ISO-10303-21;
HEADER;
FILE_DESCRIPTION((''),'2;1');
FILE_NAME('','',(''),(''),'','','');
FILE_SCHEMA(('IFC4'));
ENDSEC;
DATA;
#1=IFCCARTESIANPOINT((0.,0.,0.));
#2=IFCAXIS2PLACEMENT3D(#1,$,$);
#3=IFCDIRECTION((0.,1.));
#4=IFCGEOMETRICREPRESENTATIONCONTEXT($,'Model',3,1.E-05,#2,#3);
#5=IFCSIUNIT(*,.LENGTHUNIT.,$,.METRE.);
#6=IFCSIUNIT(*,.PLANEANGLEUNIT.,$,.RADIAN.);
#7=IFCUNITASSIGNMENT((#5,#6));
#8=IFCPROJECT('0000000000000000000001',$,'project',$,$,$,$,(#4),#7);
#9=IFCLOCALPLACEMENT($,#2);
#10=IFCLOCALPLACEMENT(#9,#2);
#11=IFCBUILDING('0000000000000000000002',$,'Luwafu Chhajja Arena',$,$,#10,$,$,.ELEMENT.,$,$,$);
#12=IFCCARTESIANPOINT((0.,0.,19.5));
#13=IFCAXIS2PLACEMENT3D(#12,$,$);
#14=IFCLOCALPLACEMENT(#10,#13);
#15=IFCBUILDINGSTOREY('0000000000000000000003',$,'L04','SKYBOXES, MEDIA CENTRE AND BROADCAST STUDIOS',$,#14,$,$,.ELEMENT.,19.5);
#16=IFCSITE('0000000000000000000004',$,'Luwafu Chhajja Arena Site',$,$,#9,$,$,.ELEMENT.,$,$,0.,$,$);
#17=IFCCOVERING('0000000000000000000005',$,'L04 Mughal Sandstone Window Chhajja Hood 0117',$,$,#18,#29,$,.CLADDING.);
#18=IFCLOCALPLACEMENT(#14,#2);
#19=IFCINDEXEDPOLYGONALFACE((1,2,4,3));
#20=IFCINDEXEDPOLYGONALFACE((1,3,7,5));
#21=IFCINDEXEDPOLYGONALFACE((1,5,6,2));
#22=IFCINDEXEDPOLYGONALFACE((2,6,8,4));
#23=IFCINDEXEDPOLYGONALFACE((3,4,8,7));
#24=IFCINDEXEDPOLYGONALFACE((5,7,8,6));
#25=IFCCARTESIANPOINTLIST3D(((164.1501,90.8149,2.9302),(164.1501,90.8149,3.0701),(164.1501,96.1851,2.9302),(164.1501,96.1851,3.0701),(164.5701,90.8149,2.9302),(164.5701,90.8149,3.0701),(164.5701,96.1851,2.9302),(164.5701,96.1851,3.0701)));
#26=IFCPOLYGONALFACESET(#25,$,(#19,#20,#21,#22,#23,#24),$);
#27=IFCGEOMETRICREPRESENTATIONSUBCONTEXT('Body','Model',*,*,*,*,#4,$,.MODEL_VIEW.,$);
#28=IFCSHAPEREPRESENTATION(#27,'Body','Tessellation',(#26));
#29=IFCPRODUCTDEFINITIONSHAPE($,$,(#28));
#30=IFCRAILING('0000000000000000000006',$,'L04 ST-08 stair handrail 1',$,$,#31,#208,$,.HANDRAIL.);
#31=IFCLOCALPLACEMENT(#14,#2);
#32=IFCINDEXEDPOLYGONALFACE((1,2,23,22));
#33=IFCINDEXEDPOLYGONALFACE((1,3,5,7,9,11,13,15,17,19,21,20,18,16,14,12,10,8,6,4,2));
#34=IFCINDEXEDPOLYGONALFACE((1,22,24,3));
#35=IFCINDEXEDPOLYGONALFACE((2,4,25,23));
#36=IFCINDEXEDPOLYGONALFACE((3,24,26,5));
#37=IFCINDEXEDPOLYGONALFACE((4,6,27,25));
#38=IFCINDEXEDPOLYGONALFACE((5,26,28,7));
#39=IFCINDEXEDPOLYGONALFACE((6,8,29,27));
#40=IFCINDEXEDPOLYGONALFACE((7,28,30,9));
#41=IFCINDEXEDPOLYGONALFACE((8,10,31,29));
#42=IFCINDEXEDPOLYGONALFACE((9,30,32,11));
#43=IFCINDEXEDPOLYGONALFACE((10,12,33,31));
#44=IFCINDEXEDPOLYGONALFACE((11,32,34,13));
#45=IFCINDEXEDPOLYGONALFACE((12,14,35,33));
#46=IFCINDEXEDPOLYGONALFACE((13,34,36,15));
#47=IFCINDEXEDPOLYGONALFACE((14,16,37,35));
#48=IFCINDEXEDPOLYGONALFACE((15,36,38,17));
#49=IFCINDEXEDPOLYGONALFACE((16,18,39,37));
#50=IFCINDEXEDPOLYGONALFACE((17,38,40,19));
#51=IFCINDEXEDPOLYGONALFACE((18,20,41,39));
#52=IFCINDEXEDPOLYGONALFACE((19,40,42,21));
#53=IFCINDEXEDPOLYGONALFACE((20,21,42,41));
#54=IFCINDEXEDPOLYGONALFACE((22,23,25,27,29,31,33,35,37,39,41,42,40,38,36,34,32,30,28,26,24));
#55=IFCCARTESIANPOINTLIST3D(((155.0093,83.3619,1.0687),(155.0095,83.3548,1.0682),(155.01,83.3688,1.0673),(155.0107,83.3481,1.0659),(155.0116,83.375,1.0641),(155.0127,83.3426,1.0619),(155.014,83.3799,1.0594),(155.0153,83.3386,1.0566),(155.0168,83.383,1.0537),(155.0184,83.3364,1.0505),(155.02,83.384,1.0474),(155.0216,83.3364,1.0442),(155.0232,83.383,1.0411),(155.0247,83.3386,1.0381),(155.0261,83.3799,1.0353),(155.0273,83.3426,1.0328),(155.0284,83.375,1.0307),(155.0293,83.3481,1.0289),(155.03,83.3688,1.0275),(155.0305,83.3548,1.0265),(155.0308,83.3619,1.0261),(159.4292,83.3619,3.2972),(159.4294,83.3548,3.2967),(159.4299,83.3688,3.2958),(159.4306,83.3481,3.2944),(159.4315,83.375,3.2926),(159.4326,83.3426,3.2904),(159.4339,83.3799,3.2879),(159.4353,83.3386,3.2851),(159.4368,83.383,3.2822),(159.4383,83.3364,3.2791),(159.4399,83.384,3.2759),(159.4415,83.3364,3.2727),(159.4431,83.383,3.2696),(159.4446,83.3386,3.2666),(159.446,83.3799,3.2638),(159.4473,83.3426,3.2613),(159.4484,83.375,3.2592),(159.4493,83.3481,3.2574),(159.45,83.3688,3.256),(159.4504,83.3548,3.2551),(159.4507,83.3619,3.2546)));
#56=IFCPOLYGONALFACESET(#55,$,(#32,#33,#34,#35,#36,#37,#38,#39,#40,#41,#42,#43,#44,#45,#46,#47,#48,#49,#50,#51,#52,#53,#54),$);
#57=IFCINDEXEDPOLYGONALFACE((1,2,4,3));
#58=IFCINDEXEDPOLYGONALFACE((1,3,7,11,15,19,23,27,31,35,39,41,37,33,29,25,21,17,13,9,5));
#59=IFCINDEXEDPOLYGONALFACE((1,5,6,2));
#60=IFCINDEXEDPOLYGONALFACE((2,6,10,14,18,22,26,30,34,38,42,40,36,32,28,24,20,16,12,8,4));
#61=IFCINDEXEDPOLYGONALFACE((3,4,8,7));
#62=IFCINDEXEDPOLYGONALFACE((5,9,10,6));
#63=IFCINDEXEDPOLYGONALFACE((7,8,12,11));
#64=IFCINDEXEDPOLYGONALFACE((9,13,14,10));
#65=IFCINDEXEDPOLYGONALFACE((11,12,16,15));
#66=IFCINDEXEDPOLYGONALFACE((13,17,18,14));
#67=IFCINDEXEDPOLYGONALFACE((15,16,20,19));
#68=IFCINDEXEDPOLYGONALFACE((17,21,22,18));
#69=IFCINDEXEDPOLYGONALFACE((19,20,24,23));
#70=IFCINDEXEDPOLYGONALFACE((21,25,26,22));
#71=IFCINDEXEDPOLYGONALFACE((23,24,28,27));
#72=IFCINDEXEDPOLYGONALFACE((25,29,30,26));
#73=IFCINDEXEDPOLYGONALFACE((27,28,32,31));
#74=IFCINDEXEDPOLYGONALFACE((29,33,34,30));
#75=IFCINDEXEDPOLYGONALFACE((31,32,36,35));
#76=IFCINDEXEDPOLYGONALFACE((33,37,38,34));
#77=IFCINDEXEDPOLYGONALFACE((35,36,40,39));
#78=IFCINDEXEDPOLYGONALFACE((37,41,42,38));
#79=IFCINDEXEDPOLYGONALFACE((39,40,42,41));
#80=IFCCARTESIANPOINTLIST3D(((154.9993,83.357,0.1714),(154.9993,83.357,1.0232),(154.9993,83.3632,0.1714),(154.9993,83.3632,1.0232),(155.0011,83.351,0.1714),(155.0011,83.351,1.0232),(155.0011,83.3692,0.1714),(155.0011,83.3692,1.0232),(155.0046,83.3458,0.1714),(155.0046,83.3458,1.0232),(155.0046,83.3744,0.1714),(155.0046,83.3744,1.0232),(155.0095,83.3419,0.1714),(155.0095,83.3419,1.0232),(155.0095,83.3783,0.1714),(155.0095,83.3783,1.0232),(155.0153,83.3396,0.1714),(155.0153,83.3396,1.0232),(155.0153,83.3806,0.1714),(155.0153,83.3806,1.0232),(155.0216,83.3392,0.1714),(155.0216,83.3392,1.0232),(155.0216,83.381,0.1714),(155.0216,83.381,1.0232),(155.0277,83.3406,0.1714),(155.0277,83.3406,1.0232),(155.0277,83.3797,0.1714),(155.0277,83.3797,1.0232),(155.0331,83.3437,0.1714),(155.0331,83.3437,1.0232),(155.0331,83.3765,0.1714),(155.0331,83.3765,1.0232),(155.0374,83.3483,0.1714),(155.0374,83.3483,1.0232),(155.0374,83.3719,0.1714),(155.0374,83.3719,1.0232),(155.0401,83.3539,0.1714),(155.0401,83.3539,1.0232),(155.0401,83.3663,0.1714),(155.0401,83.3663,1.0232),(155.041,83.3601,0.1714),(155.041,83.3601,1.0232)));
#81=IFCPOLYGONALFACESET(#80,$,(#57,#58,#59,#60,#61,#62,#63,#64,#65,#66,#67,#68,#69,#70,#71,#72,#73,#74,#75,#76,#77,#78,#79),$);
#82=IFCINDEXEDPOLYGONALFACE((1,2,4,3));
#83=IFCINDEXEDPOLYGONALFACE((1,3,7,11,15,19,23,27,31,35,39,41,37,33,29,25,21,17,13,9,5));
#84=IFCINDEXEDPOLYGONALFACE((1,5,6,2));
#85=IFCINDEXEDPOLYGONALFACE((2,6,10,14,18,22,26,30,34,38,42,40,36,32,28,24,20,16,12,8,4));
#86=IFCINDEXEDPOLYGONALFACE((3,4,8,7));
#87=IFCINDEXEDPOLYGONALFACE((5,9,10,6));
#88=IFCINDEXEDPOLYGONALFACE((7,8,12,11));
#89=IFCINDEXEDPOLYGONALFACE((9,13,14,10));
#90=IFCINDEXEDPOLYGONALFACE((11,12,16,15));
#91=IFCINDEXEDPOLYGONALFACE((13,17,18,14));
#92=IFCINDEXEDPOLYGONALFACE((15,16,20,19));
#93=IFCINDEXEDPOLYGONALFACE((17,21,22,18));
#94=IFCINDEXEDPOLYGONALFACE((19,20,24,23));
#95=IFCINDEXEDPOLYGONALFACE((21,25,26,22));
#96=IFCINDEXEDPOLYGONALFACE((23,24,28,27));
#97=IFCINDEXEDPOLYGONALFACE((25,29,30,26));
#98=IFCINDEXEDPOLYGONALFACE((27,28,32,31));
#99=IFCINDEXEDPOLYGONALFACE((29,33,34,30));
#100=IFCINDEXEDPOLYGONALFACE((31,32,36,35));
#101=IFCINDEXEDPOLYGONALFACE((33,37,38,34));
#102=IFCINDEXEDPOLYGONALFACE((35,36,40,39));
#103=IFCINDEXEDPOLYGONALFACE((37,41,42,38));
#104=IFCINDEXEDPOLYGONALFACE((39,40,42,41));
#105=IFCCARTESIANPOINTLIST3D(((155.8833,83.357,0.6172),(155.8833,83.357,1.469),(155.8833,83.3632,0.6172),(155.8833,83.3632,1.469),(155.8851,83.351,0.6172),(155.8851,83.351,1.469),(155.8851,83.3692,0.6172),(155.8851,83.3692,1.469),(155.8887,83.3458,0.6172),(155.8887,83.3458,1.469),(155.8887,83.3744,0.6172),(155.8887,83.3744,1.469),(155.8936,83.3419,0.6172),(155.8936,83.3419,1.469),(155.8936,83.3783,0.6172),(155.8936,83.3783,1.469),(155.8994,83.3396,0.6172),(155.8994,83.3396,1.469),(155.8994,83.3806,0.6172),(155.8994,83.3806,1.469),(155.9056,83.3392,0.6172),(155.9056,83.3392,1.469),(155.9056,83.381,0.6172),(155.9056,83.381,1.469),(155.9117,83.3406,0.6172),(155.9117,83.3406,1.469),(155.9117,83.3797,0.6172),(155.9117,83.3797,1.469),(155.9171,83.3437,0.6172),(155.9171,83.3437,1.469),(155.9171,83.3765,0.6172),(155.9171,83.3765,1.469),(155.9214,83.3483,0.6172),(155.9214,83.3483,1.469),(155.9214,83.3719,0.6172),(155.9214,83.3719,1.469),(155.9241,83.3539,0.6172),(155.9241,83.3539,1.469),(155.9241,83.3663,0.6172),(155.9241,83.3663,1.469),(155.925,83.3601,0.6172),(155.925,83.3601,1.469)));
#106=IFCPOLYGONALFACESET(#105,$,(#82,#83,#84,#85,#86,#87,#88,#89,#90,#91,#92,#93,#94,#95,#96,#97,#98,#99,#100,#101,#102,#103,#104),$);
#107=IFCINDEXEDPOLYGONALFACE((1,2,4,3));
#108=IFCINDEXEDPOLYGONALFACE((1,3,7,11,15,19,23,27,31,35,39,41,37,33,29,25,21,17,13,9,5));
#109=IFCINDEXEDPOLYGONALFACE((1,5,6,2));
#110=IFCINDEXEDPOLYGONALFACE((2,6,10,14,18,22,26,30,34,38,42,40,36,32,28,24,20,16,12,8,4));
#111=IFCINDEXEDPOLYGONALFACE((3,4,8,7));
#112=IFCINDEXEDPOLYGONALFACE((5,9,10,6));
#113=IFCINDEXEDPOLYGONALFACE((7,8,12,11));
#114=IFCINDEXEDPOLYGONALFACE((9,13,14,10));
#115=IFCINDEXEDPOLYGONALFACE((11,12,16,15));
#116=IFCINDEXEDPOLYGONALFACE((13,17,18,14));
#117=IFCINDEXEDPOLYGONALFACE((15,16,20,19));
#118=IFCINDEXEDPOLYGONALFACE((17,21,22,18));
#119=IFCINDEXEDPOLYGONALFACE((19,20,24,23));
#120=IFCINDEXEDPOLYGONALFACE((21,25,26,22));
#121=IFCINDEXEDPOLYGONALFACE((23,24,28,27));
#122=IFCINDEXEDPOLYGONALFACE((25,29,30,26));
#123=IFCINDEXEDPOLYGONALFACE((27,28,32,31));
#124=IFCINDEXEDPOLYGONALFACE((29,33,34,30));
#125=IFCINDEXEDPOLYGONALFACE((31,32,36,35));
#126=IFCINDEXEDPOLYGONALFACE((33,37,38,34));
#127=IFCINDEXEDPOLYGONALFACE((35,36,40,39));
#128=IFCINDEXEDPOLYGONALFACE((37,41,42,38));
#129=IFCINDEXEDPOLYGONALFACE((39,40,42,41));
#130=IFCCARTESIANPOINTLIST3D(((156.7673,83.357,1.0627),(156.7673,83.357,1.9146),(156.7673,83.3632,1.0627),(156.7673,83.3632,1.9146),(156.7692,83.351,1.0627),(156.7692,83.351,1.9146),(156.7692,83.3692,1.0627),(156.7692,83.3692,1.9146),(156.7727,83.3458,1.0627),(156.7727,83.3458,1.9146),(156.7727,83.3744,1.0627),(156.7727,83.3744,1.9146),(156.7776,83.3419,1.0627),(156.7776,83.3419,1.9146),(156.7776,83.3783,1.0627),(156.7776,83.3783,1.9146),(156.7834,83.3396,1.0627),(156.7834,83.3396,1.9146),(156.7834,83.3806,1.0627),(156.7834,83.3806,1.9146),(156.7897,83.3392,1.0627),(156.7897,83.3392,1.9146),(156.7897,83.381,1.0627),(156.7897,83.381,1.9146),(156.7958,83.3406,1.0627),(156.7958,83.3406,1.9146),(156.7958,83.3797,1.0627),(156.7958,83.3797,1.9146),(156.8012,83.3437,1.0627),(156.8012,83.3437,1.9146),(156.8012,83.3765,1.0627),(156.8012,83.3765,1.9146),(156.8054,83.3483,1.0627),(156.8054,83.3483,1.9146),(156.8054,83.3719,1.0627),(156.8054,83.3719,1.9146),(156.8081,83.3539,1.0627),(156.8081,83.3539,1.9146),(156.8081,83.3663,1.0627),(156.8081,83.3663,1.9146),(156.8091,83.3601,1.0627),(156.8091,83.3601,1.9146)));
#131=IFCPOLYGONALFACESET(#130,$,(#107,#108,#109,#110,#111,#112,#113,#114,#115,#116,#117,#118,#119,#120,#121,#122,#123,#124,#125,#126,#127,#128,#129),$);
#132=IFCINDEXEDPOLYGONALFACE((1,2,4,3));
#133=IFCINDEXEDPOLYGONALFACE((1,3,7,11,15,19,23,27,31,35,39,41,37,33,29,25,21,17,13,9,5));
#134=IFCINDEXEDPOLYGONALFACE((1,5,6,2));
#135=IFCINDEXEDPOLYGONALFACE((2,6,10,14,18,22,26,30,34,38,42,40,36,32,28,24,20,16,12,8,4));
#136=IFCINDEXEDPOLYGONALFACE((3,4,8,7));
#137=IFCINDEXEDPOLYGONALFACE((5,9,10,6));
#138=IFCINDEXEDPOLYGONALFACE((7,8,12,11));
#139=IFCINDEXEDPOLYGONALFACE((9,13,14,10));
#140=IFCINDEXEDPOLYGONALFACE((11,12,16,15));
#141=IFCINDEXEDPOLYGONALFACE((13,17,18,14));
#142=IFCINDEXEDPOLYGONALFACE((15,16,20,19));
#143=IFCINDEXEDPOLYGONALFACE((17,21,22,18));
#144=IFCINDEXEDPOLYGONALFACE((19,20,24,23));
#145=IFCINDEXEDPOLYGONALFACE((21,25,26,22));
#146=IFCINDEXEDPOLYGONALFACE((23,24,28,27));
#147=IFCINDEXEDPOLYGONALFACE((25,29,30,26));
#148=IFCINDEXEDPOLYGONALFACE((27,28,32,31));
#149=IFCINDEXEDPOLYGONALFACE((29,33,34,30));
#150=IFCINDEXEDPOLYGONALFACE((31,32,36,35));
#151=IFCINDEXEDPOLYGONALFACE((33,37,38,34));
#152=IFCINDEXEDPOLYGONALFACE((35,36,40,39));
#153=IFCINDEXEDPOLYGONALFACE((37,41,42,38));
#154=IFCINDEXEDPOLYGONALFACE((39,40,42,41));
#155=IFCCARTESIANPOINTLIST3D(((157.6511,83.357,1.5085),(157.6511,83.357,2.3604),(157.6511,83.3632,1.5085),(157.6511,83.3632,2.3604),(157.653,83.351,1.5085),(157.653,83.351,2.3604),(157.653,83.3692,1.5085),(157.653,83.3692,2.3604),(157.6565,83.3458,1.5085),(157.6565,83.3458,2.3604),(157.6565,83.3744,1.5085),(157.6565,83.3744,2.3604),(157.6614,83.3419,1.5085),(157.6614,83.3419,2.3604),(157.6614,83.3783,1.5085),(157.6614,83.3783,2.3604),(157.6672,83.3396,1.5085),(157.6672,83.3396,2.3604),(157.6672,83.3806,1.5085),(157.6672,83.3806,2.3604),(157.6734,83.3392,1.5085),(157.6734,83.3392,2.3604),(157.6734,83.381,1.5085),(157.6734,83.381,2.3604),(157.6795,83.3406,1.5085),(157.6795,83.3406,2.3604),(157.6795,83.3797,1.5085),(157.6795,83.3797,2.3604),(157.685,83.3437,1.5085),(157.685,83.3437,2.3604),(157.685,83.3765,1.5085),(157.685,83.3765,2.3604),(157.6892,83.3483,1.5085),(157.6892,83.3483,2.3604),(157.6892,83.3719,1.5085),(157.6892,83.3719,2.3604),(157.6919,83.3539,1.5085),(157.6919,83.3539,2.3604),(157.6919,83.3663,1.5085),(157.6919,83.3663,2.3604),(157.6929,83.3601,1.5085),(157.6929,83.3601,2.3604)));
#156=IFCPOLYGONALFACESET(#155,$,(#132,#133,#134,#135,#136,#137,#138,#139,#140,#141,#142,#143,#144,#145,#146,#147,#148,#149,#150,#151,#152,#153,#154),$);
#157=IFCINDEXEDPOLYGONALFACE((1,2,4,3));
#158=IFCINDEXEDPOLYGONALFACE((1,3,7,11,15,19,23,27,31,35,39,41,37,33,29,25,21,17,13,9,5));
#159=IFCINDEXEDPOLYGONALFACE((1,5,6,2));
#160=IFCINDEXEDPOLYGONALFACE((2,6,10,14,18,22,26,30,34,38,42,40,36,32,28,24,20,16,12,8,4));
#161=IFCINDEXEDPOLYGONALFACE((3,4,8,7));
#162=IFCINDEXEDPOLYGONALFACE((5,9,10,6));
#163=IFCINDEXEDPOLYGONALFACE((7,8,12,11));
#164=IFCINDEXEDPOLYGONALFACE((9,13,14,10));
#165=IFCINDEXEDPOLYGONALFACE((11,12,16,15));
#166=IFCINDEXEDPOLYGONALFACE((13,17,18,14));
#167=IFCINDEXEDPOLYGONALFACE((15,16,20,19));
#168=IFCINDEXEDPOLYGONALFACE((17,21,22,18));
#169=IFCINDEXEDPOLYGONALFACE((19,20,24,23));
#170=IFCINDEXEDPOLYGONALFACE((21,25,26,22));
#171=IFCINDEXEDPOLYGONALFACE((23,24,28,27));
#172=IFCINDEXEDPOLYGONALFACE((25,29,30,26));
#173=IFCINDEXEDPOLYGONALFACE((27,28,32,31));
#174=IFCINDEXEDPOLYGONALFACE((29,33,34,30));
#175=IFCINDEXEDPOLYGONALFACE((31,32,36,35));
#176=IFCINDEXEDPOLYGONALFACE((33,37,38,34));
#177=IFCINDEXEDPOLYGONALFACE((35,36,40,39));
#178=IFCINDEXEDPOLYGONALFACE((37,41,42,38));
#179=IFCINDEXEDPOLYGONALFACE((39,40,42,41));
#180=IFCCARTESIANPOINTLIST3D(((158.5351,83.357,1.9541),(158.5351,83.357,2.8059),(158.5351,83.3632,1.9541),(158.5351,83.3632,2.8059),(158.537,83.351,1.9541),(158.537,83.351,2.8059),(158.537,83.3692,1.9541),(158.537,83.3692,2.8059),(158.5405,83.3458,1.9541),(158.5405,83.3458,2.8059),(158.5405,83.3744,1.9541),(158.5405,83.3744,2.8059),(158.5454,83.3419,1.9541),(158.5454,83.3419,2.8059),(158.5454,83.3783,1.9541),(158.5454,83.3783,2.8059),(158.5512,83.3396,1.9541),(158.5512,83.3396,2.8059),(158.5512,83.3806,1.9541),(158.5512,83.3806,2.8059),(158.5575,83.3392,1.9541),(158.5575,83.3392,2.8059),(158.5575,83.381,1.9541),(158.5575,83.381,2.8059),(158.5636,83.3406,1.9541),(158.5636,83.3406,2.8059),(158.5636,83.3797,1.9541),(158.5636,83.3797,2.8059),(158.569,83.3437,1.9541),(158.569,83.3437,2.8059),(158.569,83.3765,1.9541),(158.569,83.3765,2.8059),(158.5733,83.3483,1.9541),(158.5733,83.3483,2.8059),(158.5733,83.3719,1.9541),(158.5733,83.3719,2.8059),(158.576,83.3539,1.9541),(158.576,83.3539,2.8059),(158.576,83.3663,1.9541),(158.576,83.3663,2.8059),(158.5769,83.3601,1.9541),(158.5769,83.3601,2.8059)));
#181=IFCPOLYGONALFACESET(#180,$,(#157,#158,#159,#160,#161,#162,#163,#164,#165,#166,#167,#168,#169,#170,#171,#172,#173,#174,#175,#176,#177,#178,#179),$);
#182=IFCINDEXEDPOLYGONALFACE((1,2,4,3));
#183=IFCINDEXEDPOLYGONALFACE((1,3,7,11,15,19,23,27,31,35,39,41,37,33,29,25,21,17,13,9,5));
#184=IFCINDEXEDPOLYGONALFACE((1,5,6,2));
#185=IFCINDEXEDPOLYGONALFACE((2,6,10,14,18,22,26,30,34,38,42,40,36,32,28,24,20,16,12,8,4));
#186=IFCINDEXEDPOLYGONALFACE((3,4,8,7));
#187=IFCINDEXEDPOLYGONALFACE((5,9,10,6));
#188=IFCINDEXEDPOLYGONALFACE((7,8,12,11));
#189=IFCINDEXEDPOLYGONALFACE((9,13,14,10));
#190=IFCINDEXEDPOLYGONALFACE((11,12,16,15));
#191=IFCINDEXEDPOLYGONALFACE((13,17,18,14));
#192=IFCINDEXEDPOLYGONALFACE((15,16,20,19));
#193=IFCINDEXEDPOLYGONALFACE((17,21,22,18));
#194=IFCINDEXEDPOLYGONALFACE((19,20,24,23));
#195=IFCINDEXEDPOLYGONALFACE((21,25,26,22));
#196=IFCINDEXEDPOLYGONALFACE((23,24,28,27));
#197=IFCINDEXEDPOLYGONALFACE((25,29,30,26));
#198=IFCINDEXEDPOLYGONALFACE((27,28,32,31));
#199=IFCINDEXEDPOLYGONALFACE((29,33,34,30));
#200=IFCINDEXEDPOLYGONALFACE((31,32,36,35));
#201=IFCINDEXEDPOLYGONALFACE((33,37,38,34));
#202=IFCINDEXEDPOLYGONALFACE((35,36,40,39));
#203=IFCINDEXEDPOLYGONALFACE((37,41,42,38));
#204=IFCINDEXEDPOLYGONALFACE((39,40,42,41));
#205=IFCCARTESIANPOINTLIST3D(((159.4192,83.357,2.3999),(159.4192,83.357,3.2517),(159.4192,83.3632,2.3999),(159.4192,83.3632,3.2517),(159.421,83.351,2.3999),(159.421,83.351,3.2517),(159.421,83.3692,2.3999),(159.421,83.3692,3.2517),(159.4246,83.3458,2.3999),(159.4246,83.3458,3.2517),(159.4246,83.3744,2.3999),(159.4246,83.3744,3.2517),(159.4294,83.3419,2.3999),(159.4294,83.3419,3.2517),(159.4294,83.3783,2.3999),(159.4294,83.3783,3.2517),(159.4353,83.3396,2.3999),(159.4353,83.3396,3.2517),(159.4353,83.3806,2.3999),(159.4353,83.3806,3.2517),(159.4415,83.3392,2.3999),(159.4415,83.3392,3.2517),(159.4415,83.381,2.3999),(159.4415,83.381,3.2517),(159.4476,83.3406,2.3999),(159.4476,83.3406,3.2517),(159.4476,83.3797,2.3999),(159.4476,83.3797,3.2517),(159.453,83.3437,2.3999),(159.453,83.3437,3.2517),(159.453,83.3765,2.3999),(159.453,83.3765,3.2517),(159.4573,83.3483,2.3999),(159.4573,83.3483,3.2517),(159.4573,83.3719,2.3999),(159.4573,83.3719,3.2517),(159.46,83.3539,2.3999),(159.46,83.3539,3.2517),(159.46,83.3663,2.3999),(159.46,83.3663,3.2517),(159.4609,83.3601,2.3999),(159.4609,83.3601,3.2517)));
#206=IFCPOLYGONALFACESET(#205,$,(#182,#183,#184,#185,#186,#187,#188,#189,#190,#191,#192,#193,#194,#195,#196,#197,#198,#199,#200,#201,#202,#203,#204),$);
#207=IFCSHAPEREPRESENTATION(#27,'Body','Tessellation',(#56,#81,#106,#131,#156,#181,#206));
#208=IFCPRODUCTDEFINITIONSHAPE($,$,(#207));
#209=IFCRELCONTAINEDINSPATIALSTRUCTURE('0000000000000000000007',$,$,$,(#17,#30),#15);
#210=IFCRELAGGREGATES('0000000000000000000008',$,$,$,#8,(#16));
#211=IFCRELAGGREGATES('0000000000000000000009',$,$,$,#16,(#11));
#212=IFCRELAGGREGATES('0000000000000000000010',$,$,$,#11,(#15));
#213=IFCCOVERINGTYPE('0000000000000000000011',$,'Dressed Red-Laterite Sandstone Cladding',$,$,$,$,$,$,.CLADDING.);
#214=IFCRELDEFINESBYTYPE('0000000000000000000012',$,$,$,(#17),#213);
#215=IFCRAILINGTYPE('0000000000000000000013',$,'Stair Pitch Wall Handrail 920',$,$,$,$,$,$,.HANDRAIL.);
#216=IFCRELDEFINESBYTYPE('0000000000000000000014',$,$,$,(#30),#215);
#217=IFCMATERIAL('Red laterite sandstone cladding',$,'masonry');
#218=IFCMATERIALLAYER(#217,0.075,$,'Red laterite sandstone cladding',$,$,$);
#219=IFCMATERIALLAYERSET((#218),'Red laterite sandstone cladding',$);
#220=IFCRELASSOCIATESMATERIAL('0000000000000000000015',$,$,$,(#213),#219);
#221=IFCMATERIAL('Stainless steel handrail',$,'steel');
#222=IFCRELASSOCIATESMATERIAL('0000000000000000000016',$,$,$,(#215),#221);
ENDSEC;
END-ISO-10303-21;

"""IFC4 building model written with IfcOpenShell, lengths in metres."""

from ifc_helpers import new_model, si_unit, direction, frame, origin, origin_2d, place, context, subcontext, project, spatial, rectangle, circle, extrude, material, layer, layer_set, type_object, element, save


model = new_model("IFC4")

# Units and contexts
model_context = context("Model", 3, precision=1e-05, world=origin(), true_north=direction((0.0, 1.0)))
body_context = subcontext(model_context, "Body", "Model", "MODEL_VIEW")
ifc_project = project(units=[si_unit("LENGTHUNIT", "METRE"), si_unit("PLANEANGLEUNIT", "RADIAN")], contexts=[model_context])

# Site, building, storey
site_placement = place(None, origin())
site = spatial("IfcSite", under=ifc_project, at=site_placement, Name="Luwafu Chhajja Arena Site", CompositionType="ELEMENT", RefElevation=0.0)
building_placement = place(site_placement, origin())
building = spatial("IfcBuilding", under=site, at=building_placement, Name="Luwafu Chhajja Arena", CompositionType="ELEMENT")
storey_placement = place(building_placement, frame((0.0, 0.0, 19.5)))
storey = spatial("IfcBuildingStorey", under=building, at=storey_placement, Name="L04", Description="SKYBOXES, MEDIA CENTRE AND BROADCAST STUDIOS", CompositionType="ELEMENT", Elevation=19.5)

# Covering
ifc_material_1 = material(Name="Red laterite sandstone cladding", Category="masonry")
ifc_layer_1 = layer(ifc_material_1, 0.075, Name="Red laterite sandstone cladding")
ifc_layer_set_1 = layer_set([ifc_layer_1], Name="Red laterite sandstone cladding")
covering_type = type_object("IfcCoveringType", Name="Dressed Red-Laterite Sandstone Cladding", PredefinedType="CLADDING", material=ifc_layer_set_1)
covering_1_placement = place(storey_placement, frame((164.3601, 93.5, 2.9302), z_axis=(0.0, 0.0, 1.0), x_axis=(0.0, 1.0, 0.0)))
element("IfcCovering", 1, at=covering_1_placement, inside=storey, type_object=covering_type, Name="L04 Mughal Sandstone Window Chhajja Hood 0117", PredefinedType="CLADDING", context=body_context, shape_type="SweptSolid", body=[
    extrude(rectangle(XDim=5.3701, YDim=0.4199, at=origin_2d()), origin(), (0.0, 0.0, 1.0), 0.1399),
])

# Railing
ifc_material_2 = material(Name="Stainless steel handrail", Category="steel")
railing_type_1 = type_object("IfcRailingType", Name="Stair Pitch Wall Handrail 920", PredefinedType="HANDRAIL", material=ifc_material_2)
railing_1_placement = place(storey_placement, frame((155.02, 83.3601, 0.1714)))
element("IfcRailing", 2, at=railing_1_placement, inside=storey, type_object=railing_type_1, Name="L04 ST-08 stair handrail 1", PredefinedType="HANDRAIL", context=body_context, shape_type="SweptSolid", body=[
    extrude(circle(Radius=0.0239, at=origin_2d()), frame((0.0, 0.0, 0.876), z_axis=(0.892923, 0.0, 0.45021), x_axis=(0.0, 1.0, 0.0)), (0.0, 0.0, 1.0), 4.95),
    extrude(circle(Radius=0.021, at=origin_2d()), origin(), (0.0, 0.0, 1.0), 0.8518),
    extrude(circle(Radius=0.021, at=origin_2d()), frame((0.884, 0.0, 0.4458)), (0.0, 0.0, 1.0), 0.8518),
    extrude(circle(Radius=0.021, at=origin_2d()), frame((1.7681, 0.0, 0.8914)), (0.0, 0.0, 1.0), 0.8518),
    extrude(circle(Radius=0.021, at=origin_2d()), frame((2.6519, 0.0, 1.3372)), (0.0, 0.0, 1.0), 0.8518),
    extrude(circle(Radius=0.021, at=origin_2d()), frame((3.5359, 0.0, 1.7827)), (0.0, 0.0, 1.0), 0.8518),
    extrude(circle(Radius=0.021, at=origin_2d()), frame((4.4199, 0.0, 2.2285)), (0.0, 0.0, 1.0), 0.8518),
])

save(model, "model.ifc")
